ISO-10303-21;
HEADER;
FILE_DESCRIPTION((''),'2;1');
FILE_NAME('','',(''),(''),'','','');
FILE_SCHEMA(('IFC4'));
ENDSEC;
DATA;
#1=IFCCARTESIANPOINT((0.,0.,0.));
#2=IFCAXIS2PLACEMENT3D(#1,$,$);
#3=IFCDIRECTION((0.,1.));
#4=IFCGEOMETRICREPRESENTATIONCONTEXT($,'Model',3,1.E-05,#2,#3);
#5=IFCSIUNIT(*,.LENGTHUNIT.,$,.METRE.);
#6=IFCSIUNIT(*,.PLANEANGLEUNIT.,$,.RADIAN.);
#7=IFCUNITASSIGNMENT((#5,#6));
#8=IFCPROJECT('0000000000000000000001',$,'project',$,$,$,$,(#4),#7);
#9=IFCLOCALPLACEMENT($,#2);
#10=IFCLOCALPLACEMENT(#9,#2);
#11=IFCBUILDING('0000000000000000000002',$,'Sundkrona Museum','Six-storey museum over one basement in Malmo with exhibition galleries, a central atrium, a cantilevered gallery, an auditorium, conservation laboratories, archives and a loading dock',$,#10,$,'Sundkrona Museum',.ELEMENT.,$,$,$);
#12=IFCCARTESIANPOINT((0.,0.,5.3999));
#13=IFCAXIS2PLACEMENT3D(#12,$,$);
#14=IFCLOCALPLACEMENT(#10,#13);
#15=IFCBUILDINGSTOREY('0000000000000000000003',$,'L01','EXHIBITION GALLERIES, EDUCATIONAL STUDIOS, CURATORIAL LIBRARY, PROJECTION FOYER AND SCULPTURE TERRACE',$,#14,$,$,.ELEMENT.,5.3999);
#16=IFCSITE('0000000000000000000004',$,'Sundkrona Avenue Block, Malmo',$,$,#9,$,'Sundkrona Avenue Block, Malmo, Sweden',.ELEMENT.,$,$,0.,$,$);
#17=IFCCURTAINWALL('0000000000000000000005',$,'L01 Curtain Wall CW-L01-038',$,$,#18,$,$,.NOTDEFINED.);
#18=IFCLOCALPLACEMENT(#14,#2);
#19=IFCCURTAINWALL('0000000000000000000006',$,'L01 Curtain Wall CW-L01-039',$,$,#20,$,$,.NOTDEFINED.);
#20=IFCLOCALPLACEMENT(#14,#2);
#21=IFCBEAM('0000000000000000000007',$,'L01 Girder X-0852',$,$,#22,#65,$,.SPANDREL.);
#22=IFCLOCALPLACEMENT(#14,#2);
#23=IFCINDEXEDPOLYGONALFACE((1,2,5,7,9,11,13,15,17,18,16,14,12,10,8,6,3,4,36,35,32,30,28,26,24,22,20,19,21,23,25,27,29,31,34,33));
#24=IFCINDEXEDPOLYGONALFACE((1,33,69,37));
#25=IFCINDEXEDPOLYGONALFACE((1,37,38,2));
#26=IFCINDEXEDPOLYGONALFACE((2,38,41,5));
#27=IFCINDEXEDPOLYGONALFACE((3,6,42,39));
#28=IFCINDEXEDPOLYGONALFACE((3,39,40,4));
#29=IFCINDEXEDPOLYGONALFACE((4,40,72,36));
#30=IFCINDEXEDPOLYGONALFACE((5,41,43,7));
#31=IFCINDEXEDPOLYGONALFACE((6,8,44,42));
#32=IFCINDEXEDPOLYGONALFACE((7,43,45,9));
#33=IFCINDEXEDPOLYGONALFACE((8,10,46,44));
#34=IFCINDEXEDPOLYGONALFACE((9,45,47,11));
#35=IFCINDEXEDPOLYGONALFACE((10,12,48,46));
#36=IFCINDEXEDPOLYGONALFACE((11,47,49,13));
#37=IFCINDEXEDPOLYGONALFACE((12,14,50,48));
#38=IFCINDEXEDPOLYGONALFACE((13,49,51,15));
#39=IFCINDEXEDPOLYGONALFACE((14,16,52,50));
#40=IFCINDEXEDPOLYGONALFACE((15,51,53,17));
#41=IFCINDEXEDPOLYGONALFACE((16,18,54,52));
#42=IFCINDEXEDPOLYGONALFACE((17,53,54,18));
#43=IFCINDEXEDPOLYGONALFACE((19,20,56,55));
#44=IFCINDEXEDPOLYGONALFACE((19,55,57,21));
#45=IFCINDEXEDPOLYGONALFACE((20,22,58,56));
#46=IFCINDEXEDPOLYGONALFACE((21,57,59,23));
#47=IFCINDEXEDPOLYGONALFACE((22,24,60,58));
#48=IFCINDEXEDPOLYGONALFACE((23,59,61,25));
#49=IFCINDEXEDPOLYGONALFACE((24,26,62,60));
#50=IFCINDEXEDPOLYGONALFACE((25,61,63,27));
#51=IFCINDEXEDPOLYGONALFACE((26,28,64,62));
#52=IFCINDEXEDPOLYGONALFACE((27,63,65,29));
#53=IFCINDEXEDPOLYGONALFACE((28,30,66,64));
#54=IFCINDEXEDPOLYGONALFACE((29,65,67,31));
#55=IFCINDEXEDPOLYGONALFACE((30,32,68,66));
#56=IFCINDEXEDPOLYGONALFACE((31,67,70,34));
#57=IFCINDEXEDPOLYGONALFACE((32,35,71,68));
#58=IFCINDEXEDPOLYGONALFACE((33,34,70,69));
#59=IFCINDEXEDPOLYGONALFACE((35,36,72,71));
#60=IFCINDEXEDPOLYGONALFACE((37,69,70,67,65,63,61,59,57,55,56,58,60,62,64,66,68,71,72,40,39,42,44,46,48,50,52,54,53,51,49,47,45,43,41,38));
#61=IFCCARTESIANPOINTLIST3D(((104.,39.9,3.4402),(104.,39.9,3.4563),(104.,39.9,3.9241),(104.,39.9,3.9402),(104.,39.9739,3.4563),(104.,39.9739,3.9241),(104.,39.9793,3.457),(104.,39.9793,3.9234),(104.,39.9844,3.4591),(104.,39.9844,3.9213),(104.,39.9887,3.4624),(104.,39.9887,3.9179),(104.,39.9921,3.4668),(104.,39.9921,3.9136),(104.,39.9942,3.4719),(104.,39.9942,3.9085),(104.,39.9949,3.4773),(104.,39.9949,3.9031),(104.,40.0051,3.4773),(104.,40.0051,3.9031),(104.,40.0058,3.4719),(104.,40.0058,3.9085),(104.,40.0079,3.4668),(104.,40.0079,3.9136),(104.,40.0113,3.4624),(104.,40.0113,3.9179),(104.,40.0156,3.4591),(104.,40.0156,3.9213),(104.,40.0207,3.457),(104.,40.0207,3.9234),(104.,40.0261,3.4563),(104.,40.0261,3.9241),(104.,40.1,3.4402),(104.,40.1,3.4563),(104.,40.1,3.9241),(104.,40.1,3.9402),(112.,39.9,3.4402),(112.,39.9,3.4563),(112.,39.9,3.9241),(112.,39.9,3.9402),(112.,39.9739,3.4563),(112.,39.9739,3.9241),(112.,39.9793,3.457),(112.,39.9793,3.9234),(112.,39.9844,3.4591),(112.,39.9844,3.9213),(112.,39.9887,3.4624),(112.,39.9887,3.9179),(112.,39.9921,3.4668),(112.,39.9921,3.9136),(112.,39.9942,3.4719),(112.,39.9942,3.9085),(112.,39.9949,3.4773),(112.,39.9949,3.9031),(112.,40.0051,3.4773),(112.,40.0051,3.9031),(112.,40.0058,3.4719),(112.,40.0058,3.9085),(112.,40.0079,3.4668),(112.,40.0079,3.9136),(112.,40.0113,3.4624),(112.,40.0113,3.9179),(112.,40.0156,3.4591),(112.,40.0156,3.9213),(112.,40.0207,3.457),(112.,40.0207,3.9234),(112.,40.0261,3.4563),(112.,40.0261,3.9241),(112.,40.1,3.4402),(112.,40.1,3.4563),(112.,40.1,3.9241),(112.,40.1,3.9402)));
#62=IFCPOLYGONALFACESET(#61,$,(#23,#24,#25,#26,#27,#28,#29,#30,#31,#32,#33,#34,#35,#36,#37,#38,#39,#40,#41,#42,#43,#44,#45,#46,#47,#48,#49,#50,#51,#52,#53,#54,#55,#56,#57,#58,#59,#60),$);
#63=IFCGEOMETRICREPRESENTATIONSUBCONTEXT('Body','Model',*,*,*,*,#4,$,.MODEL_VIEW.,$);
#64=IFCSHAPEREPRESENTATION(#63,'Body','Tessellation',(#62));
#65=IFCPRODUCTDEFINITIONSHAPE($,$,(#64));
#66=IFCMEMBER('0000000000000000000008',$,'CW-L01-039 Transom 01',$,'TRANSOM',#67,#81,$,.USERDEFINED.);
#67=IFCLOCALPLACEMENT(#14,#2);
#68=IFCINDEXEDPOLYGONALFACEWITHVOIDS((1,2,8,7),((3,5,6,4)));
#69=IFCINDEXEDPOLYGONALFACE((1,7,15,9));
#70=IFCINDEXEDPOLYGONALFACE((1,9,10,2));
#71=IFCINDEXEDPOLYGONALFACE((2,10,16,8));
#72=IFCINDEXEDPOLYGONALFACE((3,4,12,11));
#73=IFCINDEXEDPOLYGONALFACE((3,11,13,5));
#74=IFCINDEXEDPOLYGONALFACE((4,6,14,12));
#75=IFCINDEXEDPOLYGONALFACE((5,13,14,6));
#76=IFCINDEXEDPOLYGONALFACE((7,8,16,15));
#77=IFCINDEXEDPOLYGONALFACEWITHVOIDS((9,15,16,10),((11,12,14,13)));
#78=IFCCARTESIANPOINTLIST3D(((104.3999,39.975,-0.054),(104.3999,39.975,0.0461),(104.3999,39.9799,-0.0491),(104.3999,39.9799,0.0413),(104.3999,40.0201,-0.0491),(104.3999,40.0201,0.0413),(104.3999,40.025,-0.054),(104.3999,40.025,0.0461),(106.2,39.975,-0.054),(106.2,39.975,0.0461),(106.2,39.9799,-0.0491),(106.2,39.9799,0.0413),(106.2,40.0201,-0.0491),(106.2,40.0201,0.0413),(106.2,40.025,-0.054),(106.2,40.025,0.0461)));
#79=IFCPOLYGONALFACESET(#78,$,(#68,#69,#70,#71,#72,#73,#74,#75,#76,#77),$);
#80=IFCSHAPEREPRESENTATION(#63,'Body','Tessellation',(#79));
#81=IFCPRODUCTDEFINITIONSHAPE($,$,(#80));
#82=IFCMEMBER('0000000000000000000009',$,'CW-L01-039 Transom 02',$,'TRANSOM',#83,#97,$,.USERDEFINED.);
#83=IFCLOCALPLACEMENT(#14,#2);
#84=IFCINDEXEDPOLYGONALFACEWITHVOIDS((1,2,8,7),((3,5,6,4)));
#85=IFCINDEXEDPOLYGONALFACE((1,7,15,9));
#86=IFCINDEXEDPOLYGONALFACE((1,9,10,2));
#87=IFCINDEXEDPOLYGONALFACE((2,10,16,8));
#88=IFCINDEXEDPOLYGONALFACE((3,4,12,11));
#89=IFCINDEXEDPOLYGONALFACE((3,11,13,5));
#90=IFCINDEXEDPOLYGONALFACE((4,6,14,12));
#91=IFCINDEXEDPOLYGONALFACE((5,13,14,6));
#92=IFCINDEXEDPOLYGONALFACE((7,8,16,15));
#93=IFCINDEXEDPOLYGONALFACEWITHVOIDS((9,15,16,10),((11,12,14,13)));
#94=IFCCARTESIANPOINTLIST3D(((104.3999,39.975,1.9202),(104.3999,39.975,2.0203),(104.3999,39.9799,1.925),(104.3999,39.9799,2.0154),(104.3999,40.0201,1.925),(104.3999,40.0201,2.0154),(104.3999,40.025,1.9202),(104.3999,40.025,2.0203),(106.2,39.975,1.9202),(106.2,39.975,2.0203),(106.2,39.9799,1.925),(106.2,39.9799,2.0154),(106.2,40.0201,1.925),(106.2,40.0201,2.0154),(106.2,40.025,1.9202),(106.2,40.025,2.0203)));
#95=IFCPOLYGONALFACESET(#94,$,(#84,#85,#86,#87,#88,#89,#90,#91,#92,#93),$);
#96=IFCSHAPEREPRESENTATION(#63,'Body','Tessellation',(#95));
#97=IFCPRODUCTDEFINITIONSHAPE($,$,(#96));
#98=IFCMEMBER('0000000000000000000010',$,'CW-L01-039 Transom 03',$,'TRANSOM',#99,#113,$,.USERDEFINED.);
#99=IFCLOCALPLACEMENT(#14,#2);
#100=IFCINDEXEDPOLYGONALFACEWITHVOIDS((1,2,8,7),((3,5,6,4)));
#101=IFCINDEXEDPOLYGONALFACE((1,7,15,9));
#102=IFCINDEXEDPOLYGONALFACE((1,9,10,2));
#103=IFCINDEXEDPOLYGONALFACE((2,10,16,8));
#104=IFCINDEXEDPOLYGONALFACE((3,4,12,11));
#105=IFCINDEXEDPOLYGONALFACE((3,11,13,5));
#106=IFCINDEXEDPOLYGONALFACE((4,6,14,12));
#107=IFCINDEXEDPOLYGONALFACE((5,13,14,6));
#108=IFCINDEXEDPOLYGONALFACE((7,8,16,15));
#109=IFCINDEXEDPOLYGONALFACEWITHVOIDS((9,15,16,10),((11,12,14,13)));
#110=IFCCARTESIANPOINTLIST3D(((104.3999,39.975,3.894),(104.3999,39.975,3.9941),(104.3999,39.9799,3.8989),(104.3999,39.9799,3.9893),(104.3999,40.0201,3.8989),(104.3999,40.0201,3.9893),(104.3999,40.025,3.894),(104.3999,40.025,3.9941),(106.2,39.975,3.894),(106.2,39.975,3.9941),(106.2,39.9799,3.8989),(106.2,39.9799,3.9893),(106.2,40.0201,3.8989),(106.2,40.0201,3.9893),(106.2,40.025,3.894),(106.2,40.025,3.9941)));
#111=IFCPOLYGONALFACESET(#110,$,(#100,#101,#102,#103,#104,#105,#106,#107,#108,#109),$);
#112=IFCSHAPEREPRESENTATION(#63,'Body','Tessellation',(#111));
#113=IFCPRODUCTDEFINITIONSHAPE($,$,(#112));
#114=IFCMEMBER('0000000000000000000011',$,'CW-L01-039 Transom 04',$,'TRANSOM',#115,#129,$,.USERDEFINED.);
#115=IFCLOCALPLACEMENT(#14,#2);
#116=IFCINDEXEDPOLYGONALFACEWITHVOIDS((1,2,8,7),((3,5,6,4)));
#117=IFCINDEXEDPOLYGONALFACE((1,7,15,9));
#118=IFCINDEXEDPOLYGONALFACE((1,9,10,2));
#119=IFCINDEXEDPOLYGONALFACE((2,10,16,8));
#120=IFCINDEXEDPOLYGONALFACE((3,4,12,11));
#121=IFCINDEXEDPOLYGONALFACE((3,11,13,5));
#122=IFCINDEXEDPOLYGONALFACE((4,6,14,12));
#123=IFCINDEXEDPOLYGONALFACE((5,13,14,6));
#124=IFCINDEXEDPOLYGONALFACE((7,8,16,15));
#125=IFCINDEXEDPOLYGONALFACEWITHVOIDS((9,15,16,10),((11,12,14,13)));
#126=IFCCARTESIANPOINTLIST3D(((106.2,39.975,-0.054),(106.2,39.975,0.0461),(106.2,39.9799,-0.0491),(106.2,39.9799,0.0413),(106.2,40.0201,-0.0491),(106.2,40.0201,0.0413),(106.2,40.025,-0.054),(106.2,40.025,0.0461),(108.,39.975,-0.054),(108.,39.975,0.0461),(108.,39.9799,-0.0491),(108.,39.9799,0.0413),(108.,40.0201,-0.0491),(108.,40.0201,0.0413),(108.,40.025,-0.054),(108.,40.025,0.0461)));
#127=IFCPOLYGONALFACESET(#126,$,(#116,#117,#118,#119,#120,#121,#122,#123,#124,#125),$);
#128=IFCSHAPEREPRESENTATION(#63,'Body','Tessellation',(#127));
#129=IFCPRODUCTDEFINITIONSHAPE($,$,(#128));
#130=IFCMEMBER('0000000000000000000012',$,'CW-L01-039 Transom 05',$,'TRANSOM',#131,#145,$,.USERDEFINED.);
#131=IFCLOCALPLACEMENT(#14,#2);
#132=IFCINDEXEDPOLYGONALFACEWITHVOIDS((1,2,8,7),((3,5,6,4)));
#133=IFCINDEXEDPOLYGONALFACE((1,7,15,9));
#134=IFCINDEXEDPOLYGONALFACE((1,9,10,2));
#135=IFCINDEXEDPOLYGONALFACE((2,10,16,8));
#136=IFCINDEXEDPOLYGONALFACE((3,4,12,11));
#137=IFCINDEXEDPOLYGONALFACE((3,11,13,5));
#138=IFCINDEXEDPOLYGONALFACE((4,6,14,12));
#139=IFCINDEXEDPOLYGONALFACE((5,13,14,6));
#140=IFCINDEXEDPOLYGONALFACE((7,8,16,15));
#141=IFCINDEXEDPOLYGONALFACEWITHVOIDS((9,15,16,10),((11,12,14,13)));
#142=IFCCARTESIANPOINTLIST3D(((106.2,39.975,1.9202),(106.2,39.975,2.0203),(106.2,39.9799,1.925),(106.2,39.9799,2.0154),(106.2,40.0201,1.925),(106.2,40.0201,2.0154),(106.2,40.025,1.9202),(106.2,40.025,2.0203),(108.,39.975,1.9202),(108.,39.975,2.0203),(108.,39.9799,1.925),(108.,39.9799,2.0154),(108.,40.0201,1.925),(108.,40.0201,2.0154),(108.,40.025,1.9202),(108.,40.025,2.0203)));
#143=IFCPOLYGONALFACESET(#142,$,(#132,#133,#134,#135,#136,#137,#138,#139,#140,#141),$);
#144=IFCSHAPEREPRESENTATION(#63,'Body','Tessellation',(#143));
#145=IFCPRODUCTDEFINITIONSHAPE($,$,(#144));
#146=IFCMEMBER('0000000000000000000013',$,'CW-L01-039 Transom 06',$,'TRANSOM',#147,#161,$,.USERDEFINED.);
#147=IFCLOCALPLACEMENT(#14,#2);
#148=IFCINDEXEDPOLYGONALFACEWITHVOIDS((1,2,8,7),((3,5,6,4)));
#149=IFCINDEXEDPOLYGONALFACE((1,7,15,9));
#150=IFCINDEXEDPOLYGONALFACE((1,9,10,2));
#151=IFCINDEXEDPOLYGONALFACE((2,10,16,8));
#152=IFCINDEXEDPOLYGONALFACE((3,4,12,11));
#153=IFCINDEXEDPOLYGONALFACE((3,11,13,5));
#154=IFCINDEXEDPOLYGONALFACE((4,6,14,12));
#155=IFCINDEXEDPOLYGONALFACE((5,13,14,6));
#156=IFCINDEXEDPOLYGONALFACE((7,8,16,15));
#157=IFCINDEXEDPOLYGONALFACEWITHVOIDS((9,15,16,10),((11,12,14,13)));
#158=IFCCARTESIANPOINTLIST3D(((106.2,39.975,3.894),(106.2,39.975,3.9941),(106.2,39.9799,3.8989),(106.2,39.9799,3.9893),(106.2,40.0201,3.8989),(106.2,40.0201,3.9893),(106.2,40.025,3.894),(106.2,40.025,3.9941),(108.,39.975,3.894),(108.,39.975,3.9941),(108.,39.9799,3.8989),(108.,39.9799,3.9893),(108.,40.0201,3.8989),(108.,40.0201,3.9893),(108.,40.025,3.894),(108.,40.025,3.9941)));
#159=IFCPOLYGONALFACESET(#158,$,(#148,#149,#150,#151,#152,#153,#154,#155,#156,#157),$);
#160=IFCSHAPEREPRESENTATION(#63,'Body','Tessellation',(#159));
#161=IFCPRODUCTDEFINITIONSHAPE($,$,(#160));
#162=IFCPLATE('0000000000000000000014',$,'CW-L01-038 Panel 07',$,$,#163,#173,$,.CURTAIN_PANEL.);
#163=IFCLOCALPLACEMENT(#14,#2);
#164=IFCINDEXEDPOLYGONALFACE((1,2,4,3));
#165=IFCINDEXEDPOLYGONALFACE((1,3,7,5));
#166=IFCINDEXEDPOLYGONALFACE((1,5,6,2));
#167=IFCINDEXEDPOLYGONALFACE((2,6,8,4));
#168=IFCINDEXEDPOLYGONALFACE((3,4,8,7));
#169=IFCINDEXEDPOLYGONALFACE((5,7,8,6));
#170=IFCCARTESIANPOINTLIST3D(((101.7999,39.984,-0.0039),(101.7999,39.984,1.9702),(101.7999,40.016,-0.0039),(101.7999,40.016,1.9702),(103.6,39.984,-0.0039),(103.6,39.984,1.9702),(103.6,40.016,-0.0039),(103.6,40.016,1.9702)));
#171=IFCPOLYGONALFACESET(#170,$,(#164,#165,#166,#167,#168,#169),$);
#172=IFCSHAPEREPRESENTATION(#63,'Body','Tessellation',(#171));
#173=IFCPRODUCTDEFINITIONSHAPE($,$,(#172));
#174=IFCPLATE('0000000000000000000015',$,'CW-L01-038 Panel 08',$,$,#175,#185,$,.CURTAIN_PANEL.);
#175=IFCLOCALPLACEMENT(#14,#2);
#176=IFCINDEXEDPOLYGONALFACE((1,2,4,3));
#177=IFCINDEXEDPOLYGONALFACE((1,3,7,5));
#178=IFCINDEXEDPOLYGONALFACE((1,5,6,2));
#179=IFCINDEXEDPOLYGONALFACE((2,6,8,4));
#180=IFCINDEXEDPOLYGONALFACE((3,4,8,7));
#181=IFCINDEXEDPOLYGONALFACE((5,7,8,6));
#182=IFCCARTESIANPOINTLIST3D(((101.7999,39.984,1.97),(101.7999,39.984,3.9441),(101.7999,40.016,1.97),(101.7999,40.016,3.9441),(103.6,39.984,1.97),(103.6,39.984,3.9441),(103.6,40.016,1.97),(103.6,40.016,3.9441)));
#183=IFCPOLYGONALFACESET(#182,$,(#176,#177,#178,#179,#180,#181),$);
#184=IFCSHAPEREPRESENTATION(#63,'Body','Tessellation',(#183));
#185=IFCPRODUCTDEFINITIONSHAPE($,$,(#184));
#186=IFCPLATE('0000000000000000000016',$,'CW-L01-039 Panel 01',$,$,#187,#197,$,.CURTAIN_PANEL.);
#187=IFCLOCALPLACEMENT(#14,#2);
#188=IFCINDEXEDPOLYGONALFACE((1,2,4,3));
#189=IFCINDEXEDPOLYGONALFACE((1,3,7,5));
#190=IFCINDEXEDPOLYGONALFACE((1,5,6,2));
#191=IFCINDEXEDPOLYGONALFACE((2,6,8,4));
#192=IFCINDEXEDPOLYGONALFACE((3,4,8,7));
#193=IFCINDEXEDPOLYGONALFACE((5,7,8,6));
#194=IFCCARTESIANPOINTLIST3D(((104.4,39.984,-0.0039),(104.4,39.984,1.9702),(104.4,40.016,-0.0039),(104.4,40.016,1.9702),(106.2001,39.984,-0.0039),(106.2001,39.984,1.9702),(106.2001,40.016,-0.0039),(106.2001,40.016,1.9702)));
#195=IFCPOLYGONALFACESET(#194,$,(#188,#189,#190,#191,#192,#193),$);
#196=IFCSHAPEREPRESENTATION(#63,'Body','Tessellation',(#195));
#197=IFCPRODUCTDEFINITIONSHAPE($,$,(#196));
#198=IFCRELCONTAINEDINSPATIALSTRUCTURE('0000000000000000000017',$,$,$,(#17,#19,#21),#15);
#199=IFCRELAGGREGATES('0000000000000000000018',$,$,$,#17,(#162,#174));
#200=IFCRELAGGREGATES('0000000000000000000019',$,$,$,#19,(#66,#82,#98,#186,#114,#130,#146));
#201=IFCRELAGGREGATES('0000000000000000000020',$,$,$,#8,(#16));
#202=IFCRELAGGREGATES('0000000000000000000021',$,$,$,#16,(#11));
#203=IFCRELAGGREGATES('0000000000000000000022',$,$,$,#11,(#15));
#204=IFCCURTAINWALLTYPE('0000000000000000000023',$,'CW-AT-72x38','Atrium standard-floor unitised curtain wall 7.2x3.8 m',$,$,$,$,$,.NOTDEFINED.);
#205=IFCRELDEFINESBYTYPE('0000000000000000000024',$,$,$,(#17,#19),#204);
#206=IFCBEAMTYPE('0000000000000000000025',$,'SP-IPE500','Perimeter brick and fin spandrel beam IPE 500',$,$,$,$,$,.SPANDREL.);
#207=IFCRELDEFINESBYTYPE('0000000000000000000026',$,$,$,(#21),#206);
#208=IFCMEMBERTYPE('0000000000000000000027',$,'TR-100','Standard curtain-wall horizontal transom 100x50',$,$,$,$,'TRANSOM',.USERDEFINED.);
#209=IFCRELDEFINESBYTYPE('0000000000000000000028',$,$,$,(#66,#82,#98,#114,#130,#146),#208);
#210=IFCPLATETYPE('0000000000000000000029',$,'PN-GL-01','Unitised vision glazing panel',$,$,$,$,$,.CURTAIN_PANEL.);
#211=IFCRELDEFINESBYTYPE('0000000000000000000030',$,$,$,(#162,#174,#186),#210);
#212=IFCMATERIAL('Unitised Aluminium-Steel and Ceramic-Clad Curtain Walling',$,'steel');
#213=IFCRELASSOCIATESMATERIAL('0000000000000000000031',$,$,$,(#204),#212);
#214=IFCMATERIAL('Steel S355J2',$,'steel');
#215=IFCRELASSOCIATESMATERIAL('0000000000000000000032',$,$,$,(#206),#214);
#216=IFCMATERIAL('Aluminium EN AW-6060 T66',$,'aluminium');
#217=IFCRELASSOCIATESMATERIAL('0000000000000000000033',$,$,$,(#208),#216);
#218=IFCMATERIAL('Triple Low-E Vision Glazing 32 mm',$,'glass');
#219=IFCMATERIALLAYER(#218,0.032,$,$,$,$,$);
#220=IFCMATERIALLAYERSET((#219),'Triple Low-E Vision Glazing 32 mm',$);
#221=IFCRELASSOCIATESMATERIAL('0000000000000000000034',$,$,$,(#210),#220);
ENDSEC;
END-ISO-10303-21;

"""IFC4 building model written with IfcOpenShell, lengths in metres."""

from ifc_helpers import new_model, si_unit, direction, frame, origin, origin_2d, place, context, subcontext, project, spatial, rectangle, hollow_rectangle, i_section, extrude, material, layer, layer_set, material_profile, profile_set, type_object, element, aggregate, save


model = new_model("IFC4")

# Units and contexts
model_context = context("Model", 3, precision=1e-05, world=origin(), true_north=direction((0.0, 1.0)))
body_context = subcontext(model_context, "Body", "Model", "MODEL_VIEW")
ifc_project = project(units=[si_unit("LENGTHUNIT", "METRE"), si_unit("PLANEANGLEUNIT", "RADIAN")], contexts=[model_context])

# Site, building, storey
site_placement = place(None, origin())
site = spatial("IfcSite", under=ifc_project, at=site_placement, Name="Sundkrona Avenue Block, Malmo", LongName="Sundkrona Avenue Block, Malmo, Sweden", CompositionType="ELEMENT", RefElevation=0.0)
building_placement = place(site_placement, origin())
building = spatial("IfcBuilding", under=site, at=building_placement, Name="Sundkrona Museum", Description="Six-storey museum over one basement in Malmo with exhibition galleries, a central atrium, a cantilevered gallery, an auditorium, conservation laboratories, archives and a loading dock", LongName="Sundkrona Museum", CompositionType="ELEMENT")
storey_placement = place(building_placement, frame((0.0, 0.0, 5.3999)))
storey = spatial("IfcBuildingStorey", under=building, at=storey_placement, Name="L01", Description="EXHIBITION GALLERIES, EDUCATIONAL STUDIOS, CURATORIAL LIBRARY, PROJECTION FOYER AND SCULPTURE TERRACE", CompositionType="ELEMENT", Elevation=5.3999)

# Shared definitions
ifc_material_1 = material(Name="Steel S355J2", Category="steel")

# Curtain wall
ifc_material_2 = material(Name="Unitised Aluminium-Steel and Ceramic-Clad Curtain Walling", Category="steel")
curtain_wall_type = type_object("IfcCurtainWallType", Name="CW-AT-72x38", Description="Atrium standard-floor unitised curtain wall 7.2x3.8 m", PredefinedType="NOTDEFINED", material=ifc_material_2)
curtain_wall_1_placement = place(storey_placement, origin())
curtain_wall_1 = element("IfcCurtainWall", 1, at=curtain_wall_1_placement, inside=storey, type_object=curtain_wall_type, Name="L01 Curtain Wall CW-L01-038", PredefinedType="NOTDEFINED")
ifc_material_3 = material(Name="Aluminium EN AW-6060 T66", Category="aluminium")

# Curtain wall
curtain_wall_2_placement = place(storey_placement, origin())
curtain_wall_2 = element("IfcCurtainWall", 2, at=curtain_wall_2_placement, inside=storey, type_object=curtain_wall_type, Name="L01 Curtain Wall CW-L01-039", PredefinedType="NOTDEFINED")

# Beam
ifc_material_profile_1 = material_profile(ifc_material_1, i_section(OverallWidth=0.2, OverallDepth=0.5, WebThickness=0.0103, FlangeThickness=0.0161, FilletRadius=0.021, at=origin_2d()), Name="IPE 500")
ifc_profile_set_1 = profile_set([ifc_material_profile_1], Name="Steel S355J2")
beam_type_1 = type_object("IfcBeamType", Name="SP-IPE500", Description="Perimeter brick and fin spandrel beam IPE 500", PredefinedType="SPANDREL", material=ifc_profile_set_1)
beam_1_placement = place(storey_placement, frame((104.0, 40.0, 3.6902), z_axis=(1.0, 0.0, 0.0), x_axis=(0.0, 1.0, 0.0)))
element("IfcBeam", 3, at=beam_1_placement, inside=storey, type_object=beam_type_1, Name="L01 Girder X-0852", PredefinedType="SPANDREL", context=body_context, shape_type="SweptSolid", body=[
    extrude(i_section(OverallWidth=0.2, OverallDepth=0.5, WebThickness=0.0103, FlangeThickness=0.0161, FilletRadius=0.021, at=origin_2d()), origin(), (0.0, 0.0, 1.0), 8.0),
])

# Members
ifc_material_profile_2 = material_profile(ifc_material_3, hollow_rectangle(XDim=0.05, YDim=0.1001, WallThickness=0.0049, at=origin_2d()), Name="RHS 100x50x5.0")
ifc_profile_set_2 = profile_set([ifc_material_profile_2], Name="Aluminium EN AW-6060 T66")
member_type_1 = type_object("IfcMemberType", Name="TR-100", Description="Standard curtain-wall horizontal transom 100x50", ElementType="TRANSOM", PredefinedType="USERDEFINED", material=ifc_profile_set_2)
member_1_placement = place(storey_placement, frame((104.3999, 40.0, -0.0039), z_axis=(1.0, 0.0, 0.0), x_axis=(0.0, 1.0, 0.0)))
member_1 = element("IfcMember", 4, at=member_1_placement, type_object=member_type_1, Name="CW-L01-039 Transom 01", ObjectType="TRANSOM", PredefinedType="USERDEFINED", context=body_context, shape_type="SweptSolid", body=[
    extrude(hollow_rectangle(XDim=0.05, YDim=0.1001, WallThickness=0.0049, at=origin_2d()), origin(), (0.0, 0.0, 1.0), 1.8),
])
member_2_placement = place(storey_placement, frame((104.3999, 40.0, 1.9702), z_axis=(1.0, 0.0, 0.0), x_axis=(0.0, 1.0, 0.0)))
member_2 = element("IfcMember", 5, at=member_2_placement, type_object=member_type_1, Name="CW-L01-039 Transom 02", ObjectType="TRANSOM", PredefinedType="USERDEFINED", context=body_context, shape_type="SweptSolid", body=[
    extrude(hollow_rectangle(XDim=0.05, YDim=0.1001, WallThickness=0.0049, at=origin_2d()), origin(), (0.0, 0.0, 1.0), 1.8),
])
member_3_placement = place(storey_placement, frame((104.3999, 40.0, 3.9441), z_axis=(1.0, 0.0, 0.0), x_axis=(0.0, 1.0, 0.0)))
member_3 = element("IfcMember", 6, at=member_3_placement, type_object=member_type_1, Name="CW-L01-039 Transom 03", ObjectType="TRANSOM", PredefinedType="USERDEFINED", context=body_context, shape_type="SweptSolid", body=[
    extrude(hollow_rectangle(XDim=0.05, YDim=0.1001, WallThickness=0.0049, at=origin_2d()), origin(), (0.0, 0.0, 1.0), 1.8),
])
member_4_placement = place(storey_placement, frame((106.2, 40.0, -0.0039), z_axis=(1.0, 0.0, 0.0), x_axis=(0.0, 1.0, 0.0)))
member_4 = element("IfcMember", 7, at=member_4_placement, type_object=member_type_1, Name="CW-L01-039 Transom 04", ObjectType="TRANSOM", PredefinedType="USERDEFINED", context=body_context, shape_type="SweptSolid", body=[
    extrude(hollow_rectangle(XDim=0.05, YDim=0.1001, WallThickness=0.0049, at=origin_2d()), origin(), (0.0, 0.0, 1.0), 1.8),
])
member_5_placement = place(storey_placement, frame((106.2, 40.0, 1.9702), z_axis=(1.0, 0.0, 0.0), x_axis=(0.0, 1.0, 0.0)))
member_5 = element("IfcMember", 8, at=member_5_placement, type_object=member_type_1, Name="CW-L01-039 Transom 05", ObjectType="TRANSOM", PredefinedType="USERDEFINED", context=body_context, shape_type="SweptSolid", body=[
    extrude(hollow_rectangle(XDim=0.05, YDim=0.1001, WallThickness=0.0049, at=origin_2d()), origin(), (0.0, 0.0, 1.0), 1.8),
])
member_6_placement = place(storey_placement, frame((106.2, 40.0, 3.9441), z_axis=(1.0, 0.0, 0.0), x_axis=(0.0, 1.0, 0.0)))
member_6 = element("IfcMember", 9, at=member_6_placement, type_object=member_type_1, Name="CW-L01-039 Transom 06", ObjectType="TRANSOM", PredefinedType="USERDEFINED", context=body_context, shape_type="SweptSolid", body=[
    extrude(hollow_rectangle(XDim=0.05, YDim=0.1001, WallThickness=0.0049, at=origin_2d()), origin(), (0.0, 0.0, 1.0), 1.8),
])

# Plates
ifc_material_4 = material(Name="Triple Low-E Vision Glazing 32 mm", Category="glass")
ifc_layer = layer(ifc_material_4, 0.032)
ifc_layer_set = layer_set([ifc_layer], Name="Triple Low-E Vision Glazing 32 mm")
plate_type = type_object("IfcPlateType", Name="PN-GL-01", Description="Unitised vision glazing panel", PredefinedType="CURTAIN_PANEL", material=ifc_layer_set)
plate_1_placement = place(storey_placement, frame((102.7, 40.0, -0.0039), z_axis=(0.0, 0.0, 1.0), x_axis=(1.0, 0.0, 0.0)))
plate_1 = element("IfcPlate", 10, at=plate_1_placement, type_object=plate_type, Name="CW-L01-038 Panel 07", PredefinedType="CURTAIN_PANEL", context=body_context, shape_type="SweptSolid", body=[
    extrude(rectangle(XDim=1.8, YDim=0.032, at=origin_2d()), origin(), (0.0, 0.0, 1.0), 1.9741),
])
plate_2_placement = place(storey_placement, frame((102.7, 40.0, 1.97), z_axis=(0.0, 0.0, 1.0), x_axis=(1.0, 0.0, 0.0)))
plate_2 = element("IfcPlate", 11, at=plate_2_placement, type_object=plate_type, Name="CW-L01-038 Panel 08", PredefinedType="CURTAIN_PANEL", context=body_context, shape_type="SweptSolid", body=[
    extrude(rectangle(XDim=1.8, YDim=0.032, at=origin_2d()), origin(), (0.0, 0.0, 1.0), 1.9741),
])
aggregate(curtain_wall_1, [plate_1, plate_2])
plate_3_placement = place(storey_placement, frame((105.3, 40.0, -0.0039), z_axis=(0.0, 0.0, 1.0), x_axis=(1.0, 0.0, 0.0)))
plate_3 = element("IfcPlate", 12, at=plate_3_placement, type_object=plate_type, Name="CW-L01-039 Panel 01", PredefinedType="CURTAIN_PANEL", context=body_context, shape_type="SweptSolid", body=[
    extrude(rectangle(XDim=1.8, YDim=0.032, at=origin_2d()), origin(), (0.0, 0.0, 1.0), 1.9741),
])
aggregate(curtain_wall_2, [member_1, member_2, member_3, plate_3, member_4, member_5, member_6])

save(model, "model.ifc")
